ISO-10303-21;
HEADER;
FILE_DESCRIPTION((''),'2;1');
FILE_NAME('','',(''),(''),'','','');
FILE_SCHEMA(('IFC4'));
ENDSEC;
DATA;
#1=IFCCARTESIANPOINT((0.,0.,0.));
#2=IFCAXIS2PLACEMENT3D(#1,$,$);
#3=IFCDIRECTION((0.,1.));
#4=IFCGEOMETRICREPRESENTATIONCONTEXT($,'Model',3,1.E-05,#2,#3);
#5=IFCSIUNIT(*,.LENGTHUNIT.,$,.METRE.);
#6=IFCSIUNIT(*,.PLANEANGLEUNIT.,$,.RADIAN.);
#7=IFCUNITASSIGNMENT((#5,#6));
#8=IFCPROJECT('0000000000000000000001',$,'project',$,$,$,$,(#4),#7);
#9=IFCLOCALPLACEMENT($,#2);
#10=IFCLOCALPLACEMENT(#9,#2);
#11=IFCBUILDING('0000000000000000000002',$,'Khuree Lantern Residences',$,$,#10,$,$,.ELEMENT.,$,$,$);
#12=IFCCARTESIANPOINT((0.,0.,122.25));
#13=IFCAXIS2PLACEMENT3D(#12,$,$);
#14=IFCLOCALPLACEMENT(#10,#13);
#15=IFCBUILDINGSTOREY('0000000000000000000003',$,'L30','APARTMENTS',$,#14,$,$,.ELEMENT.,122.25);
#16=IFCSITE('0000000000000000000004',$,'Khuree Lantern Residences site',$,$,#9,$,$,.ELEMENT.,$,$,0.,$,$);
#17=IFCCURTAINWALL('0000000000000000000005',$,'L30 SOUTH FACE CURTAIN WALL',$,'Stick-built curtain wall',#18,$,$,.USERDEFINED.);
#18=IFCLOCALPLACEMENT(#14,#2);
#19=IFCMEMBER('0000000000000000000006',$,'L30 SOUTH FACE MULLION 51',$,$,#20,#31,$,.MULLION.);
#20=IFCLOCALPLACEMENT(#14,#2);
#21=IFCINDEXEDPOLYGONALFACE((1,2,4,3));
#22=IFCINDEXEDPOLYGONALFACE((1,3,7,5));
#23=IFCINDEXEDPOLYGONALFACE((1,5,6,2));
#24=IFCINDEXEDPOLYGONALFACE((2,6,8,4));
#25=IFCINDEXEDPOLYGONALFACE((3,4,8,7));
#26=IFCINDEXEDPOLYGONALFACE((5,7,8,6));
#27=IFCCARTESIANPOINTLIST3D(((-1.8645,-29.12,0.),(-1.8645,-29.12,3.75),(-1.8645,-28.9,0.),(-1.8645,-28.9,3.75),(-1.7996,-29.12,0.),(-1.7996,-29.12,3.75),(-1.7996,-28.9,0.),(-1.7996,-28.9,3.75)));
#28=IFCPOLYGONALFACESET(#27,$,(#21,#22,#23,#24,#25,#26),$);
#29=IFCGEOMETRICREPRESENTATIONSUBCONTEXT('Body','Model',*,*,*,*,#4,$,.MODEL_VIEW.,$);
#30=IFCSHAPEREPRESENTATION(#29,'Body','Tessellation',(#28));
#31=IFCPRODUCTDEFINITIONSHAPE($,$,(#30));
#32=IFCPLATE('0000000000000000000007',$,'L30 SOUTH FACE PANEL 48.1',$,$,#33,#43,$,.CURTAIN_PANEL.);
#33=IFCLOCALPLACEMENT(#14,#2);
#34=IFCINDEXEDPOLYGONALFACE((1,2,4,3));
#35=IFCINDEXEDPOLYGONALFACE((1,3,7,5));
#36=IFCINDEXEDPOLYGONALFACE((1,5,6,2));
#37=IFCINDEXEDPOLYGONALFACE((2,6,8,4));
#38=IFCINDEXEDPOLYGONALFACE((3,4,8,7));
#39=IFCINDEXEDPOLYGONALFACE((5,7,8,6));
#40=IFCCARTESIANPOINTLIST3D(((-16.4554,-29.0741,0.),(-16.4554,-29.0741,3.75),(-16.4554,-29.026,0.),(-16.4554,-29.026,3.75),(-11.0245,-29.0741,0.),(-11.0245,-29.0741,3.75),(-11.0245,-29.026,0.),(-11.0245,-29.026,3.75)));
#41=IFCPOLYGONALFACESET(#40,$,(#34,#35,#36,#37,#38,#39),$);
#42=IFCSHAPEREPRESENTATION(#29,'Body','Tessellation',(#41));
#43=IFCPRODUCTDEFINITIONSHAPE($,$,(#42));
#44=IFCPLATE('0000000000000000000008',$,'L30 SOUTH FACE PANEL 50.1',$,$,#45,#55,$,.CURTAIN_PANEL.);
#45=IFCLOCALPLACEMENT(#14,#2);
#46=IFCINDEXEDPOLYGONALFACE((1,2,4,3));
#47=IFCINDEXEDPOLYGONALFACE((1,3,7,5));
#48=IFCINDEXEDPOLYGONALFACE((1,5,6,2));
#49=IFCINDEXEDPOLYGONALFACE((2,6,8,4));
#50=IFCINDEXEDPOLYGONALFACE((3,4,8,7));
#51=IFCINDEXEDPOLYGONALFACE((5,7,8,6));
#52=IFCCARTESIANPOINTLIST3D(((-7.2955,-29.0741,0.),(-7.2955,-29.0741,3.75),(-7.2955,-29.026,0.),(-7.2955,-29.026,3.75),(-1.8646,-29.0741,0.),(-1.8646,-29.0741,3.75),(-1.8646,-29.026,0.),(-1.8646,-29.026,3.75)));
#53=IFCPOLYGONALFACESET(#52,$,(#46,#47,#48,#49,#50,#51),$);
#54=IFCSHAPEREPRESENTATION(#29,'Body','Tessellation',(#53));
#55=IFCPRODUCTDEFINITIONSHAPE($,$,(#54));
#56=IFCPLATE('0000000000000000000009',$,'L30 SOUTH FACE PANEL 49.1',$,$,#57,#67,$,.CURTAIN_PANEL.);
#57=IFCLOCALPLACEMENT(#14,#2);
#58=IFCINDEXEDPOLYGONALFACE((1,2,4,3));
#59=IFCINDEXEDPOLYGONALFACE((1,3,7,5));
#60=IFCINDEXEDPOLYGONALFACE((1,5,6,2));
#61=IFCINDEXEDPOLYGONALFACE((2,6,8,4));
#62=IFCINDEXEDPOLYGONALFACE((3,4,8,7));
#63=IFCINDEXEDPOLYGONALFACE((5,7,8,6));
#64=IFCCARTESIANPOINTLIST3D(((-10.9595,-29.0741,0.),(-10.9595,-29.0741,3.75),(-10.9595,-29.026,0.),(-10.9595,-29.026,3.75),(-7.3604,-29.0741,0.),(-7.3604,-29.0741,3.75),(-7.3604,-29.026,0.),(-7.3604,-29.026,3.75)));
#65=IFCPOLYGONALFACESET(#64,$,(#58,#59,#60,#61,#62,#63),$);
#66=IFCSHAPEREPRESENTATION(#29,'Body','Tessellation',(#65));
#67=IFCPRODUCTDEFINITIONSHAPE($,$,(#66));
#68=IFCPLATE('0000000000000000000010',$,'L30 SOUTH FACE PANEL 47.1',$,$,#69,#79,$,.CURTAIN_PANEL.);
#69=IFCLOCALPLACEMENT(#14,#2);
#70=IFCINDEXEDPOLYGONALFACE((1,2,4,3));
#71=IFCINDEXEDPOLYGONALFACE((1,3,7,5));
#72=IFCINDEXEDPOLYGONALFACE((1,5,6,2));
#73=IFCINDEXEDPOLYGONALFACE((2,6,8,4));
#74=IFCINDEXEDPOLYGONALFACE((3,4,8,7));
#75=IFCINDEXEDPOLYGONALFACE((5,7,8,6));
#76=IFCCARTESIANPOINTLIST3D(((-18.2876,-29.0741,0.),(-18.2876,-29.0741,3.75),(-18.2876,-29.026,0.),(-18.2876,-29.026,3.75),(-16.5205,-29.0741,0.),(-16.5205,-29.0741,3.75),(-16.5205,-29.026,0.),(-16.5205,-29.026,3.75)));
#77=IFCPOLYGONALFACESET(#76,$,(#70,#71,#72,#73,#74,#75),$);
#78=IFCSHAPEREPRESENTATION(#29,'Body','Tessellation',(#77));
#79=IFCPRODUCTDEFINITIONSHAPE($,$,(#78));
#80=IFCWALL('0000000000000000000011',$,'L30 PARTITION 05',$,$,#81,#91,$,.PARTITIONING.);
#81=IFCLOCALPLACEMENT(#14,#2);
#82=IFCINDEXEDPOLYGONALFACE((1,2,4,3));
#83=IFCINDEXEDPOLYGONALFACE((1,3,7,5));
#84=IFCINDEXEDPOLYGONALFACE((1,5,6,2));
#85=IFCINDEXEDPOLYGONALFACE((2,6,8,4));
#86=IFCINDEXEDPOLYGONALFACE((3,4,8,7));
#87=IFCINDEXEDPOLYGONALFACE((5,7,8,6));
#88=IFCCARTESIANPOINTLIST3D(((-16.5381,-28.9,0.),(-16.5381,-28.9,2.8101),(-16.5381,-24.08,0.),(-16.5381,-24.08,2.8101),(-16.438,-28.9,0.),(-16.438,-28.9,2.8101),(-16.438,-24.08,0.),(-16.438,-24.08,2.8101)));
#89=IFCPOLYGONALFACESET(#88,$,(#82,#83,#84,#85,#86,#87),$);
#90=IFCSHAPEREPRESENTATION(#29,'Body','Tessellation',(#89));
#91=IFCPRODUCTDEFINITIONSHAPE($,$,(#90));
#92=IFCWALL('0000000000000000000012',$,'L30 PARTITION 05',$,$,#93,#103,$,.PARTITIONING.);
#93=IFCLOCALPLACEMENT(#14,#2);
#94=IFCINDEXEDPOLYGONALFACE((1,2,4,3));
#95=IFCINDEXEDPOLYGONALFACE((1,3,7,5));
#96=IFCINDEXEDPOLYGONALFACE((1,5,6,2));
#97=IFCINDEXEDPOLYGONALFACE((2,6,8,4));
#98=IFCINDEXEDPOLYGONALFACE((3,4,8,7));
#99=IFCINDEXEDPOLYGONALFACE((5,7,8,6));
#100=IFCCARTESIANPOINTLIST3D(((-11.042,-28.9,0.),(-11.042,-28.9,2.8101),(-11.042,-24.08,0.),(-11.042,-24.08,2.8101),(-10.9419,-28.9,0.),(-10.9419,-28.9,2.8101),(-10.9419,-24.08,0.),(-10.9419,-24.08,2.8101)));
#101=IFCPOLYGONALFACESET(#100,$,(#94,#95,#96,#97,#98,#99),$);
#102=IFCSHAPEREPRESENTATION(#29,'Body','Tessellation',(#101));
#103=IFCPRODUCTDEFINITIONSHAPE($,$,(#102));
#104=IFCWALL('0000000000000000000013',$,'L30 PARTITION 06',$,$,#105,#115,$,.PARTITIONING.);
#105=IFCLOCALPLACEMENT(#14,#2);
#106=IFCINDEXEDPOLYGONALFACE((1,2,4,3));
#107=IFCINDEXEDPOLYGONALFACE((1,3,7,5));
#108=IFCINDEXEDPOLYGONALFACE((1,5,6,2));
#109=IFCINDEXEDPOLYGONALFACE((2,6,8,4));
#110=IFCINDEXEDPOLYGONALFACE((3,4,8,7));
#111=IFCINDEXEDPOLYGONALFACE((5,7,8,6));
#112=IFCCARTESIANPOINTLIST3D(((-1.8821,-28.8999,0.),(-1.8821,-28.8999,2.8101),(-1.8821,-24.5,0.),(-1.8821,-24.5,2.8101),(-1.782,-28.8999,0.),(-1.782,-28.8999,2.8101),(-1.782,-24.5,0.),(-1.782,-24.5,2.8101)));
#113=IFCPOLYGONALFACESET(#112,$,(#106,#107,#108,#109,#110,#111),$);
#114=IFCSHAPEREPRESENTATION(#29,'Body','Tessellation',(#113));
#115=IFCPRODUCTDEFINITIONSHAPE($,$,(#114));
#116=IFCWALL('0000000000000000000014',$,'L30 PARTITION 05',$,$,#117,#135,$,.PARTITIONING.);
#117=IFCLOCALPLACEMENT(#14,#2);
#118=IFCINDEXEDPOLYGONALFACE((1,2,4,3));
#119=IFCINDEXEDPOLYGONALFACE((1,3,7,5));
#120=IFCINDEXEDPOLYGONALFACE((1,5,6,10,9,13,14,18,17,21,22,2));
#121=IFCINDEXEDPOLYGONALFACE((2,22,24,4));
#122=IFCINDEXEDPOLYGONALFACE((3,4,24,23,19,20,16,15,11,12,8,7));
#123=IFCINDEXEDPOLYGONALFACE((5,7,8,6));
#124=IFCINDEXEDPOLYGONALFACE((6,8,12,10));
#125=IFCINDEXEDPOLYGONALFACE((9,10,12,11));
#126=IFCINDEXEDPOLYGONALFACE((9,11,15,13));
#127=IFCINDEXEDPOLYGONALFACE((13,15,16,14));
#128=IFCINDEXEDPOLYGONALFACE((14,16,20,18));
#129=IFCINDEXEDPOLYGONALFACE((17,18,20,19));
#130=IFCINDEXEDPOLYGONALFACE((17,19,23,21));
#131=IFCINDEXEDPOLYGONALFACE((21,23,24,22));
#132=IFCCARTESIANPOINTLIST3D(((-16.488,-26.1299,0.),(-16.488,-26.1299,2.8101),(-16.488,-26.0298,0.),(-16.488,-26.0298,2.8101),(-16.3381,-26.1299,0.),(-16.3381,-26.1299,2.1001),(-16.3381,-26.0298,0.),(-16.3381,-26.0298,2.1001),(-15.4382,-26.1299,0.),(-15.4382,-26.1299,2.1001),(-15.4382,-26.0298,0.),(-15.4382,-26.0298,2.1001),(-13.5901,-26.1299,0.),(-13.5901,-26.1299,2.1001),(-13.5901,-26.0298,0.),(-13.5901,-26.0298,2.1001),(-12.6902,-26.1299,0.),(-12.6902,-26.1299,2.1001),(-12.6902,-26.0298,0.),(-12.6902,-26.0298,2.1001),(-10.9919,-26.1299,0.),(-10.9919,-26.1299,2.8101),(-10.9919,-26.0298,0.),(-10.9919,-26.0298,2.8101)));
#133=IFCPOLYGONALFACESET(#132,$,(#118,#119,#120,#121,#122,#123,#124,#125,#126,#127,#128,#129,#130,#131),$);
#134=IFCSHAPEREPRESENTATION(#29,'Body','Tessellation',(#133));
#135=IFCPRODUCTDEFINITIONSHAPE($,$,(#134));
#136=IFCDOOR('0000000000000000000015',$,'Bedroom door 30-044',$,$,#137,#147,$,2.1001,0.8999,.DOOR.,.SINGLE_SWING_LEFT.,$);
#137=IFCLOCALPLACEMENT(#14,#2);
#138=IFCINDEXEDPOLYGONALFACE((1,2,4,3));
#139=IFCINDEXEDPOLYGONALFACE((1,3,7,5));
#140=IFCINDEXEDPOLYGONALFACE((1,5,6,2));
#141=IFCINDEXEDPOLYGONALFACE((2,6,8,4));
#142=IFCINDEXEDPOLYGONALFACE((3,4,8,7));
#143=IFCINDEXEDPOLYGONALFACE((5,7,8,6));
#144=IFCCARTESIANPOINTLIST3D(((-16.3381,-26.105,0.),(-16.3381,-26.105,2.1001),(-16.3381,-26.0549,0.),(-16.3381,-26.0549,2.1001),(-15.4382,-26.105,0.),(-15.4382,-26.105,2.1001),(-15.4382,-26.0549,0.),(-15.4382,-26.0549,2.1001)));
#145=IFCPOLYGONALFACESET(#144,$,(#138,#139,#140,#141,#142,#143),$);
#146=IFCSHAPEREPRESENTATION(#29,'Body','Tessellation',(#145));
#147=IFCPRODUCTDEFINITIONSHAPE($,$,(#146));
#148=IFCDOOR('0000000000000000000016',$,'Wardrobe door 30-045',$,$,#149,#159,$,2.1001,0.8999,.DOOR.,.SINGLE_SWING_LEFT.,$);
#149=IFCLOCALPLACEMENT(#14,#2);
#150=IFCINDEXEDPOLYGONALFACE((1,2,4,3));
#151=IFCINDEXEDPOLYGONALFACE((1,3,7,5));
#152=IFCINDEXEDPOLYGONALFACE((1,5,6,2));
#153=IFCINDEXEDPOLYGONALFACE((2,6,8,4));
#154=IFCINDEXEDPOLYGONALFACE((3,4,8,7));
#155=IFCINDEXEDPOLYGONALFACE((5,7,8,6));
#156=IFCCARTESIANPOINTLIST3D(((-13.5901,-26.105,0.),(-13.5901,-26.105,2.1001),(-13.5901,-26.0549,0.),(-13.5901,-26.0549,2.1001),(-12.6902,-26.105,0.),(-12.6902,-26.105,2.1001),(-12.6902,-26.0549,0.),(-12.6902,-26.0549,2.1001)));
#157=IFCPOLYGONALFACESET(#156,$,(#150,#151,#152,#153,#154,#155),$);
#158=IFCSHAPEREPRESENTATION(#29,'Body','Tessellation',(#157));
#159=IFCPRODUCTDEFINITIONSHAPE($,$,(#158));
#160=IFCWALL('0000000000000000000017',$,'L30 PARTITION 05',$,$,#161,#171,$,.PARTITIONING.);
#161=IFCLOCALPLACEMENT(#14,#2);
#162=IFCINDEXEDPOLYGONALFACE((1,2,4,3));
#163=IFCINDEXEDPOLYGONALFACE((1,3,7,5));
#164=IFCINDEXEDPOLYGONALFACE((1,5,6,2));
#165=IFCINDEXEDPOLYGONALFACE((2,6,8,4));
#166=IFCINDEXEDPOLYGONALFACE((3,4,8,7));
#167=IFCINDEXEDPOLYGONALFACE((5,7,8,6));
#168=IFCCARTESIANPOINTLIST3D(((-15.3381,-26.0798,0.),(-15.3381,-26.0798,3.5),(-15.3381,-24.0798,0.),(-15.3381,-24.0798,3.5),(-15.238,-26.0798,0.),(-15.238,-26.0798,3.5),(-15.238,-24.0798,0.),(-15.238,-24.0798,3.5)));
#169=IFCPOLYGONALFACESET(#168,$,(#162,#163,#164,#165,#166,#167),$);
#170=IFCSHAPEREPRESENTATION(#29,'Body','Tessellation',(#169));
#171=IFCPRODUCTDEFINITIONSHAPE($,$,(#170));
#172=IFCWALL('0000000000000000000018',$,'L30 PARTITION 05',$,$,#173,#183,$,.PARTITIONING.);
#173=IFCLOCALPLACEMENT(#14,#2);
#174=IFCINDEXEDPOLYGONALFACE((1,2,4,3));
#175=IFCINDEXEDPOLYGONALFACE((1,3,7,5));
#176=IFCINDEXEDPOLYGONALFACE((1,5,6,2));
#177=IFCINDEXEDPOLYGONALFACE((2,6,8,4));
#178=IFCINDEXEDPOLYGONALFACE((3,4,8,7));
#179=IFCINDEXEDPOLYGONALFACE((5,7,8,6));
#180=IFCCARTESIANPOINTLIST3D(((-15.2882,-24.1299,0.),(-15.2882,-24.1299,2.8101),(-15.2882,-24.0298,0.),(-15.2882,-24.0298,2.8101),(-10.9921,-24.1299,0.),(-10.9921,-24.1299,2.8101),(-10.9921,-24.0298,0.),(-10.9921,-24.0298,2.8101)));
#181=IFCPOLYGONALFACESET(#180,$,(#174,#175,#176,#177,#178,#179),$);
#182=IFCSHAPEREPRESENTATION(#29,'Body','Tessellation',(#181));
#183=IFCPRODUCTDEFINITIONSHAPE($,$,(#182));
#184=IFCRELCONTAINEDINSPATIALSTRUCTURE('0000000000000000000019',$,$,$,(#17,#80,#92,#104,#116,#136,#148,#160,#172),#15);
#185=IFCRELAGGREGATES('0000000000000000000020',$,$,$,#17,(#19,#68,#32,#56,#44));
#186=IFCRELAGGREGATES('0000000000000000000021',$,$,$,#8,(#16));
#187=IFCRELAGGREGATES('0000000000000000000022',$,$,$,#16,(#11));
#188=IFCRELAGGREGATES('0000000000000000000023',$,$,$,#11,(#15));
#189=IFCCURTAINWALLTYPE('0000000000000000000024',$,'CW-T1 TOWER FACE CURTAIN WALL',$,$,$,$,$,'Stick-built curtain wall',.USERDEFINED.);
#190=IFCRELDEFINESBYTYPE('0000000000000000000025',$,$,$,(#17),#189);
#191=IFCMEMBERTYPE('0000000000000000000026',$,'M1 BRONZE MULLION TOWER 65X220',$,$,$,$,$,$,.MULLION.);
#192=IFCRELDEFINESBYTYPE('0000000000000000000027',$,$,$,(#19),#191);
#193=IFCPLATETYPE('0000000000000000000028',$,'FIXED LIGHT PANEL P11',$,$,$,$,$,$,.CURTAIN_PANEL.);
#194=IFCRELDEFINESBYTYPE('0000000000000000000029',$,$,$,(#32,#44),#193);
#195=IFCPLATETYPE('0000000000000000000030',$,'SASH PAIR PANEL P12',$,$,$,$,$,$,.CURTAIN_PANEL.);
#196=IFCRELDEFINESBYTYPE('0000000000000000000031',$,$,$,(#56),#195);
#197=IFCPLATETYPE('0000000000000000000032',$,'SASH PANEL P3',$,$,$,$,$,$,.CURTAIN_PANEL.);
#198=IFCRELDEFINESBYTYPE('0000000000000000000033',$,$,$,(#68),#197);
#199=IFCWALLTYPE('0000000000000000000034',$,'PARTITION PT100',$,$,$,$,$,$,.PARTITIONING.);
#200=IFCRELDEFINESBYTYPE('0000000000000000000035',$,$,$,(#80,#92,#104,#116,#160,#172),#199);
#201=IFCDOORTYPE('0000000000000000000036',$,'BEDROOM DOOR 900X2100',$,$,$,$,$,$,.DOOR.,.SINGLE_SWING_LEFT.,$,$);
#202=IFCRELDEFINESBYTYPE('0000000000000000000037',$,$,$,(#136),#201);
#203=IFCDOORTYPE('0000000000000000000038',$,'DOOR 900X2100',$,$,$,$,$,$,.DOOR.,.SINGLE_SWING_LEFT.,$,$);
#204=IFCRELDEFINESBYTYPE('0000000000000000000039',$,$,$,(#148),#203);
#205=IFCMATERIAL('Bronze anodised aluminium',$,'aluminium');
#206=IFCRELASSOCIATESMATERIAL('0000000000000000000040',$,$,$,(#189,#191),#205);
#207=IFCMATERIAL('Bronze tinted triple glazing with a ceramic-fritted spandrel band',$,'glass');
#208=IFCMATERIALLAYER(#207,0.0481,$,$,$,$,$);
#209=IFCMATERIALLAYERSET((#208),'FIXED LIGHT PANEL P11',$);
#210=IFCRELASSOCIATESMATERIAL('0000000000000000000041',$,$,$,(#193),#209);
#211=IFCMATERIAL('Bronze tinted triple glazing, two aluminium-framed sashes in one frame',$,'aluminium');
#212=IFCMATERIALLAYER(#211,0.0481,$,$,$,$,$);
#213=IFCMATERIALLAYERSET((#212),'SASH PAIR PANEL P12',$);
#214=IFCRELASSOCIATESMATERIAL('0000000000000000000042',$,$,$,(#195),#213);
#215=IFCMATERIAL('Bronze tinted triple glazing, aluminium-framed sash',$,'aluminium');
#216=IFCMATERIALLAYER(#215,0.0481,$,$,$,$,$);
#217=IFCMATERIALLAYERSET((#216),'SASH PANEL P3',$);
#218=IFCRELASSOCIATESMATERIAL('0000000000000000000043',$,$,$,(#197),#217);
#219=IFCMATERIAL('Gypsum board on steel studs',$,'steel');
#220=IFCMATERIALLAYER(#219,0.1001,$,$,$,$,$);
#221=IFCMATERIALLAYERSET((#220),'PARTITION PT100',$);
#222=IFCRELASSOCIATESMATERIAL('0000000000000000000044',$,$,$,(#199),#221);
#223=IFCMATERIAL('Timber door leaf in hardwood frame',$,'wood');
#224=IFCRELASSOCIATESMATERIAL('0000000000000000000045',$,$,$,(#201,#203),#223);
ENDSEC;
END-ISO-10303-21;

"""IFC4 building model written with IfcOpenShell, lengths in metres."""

from ifc_helpers import new_model, si_unit, direction, frame, frame_2d, origin, origin_2d, place, context, subcontext, project, spatial, rectangle, extrude, material, layer, layer_set, material_profile, profile_set, type_object, element, fill, aggregate, save


model = new_model("IFC4")

# Units and contexts
model_context = context("Model", 3, precision=1e-05, world=origin(), true_north=direction((0.0, 1.0)))
body_context = subcontext(model_context, "Body", "Model", "MODEL_VIEW")
ifc_project = project(units=[si_unit("LENGTHUNIT", "METRE"), si_unit("PLANEANGLEUNIT", "RADIAN")], contexts=[model_context])

# Site, building, storey
site_placement = place(None, origin())
site = spatial("IfcSite", under=ifc_project, at=site_placement, Name="Khuree Lantern Residences site", CompositionType="ELEMENT", RefElevation=0.0)
building_placement = place(site_placement, origin())
building = spatial("IfcBuilding", under=site, at=building_placement, Name="Khuree Lantern Residences", CompositionType="ELEMENT")
storey_placement = place(building_placement, frame((0.0, 0.0, 122.25)))
storey = spatial("IfcBuildingStorey", under=building, at=storey_placement, Name="L30", Description="APARTMENTS", CompositionType="ELEMENT", Elevation=122.25)

# Curtain wall
ifc_material_1 = material(Name="Bronze anodised aluminium", Category="aluminium")
curtain_wall_type = type_object("IfcCurtainWallType", Name="CW-T1 TOWER FACE CURTAIN WALL", ElementType="Stick-built curtain wall", PredefinedType="USERDEFINED", material=ifc_material_1)
curtain_wall_placement = place(storey_placement, origin())
curtain_wall = element("IfcCurtainWall", 1, at=curtain_wall_placement, inside=storey, type_object=curtain_wall_type, Name="L30 SOUTH FACE CURTAIN WALL", ObjectType="Stick-built curtain wall", PredefinedType="USERDEFINED")

# Member
ifc_material_profile_1 = material_profile(ifc_material_1, rectangle(XDim=0.0649, YDim=0.22, at=origin_2d()), Name="M1 65X220")
ifc_profile_set_1 = profile_set([ifc_material_profile_1], Name="Bronze anodised aluminium")
member_type_1 = type_object("IfcMemberType", Name="M1 BRONZE MULLION TOWER 65X220", PredefinedType="MULLION", material=ifc_profile_set_1)
member_1_placement = place(storey_placement, frame((-1.832, -29.01, 0.0), z_axis=(0.0, 0.0, 1.0), x_axis=(1.0, 0.0, 0.0)))
member_1 = element("IfcMember", 2, at=member_1_placement, type_object=member_type_1, Name="L30 SOUTH FACE MULLION 51", PredefinedType="MULLION", context=body_context, shape_type="SweptSolid", body=[
    extrude(rectangle(XDim=0.0649, YDim=0.22, at=origin_2d()), origin(), (0.0, 0.0, 1.0), 3.75),
])

# Plates
ifc_material_2 = material(Name="Bronze tinted triple glazing with a ceramic-fritted spandrel band", Category="glass")
ifc_layer_1 = layer(ifc_material_2, 0.0481)
ifc_layer_set_1 = layer_set([ifc_layer_1], Name="FIXED LIGHT PANEL P11")
plate_type_1 = type_object("IfcPlateType", Name="FIXED LIGHT PANEL P11", PredefinedType="CURTAIN_PANEL", material=ifc_layer_set_1)
plate_1_placement = place(storey_placement, frame((-13.74, -29.05, 0.0), z_axis=(0.0, 0.0, 1.0), x_axis=(1.0, 0.0, 0.0)))
plate_1 = element("IfcPlate", 3, at=plate_1_placement, type_object=plate_type_1, Name="L30 SOUTH FACE PANEL 48.1", PredefinedType="CURTAIN_PANEL", context=body_context, shape_type="SweptSolid", body=[
    extrude(rectangle(XDim=5.4309, YDim=0.0481, at=origin_2d()), origin(), (0.0, 0.0, 1.0), 3.75),
])
plate_2_placement = place(storey_placement, frame((-4.5801, -29.05, 0.0), z_axis=(0.0, 0.0, 1.0), x_axis=(1.0, 0.0, 0.0)))
plate_2 = element("IfcPlate", 4, at=plate_2_placement, type_object=plate_type_1, Name="L30 SOUTH FACE PANEL 50.1", PredefinedType="CURTAIN_PANEL", context=body_context, shape_type="SweptSolid", body=[
    extrude(rectangle(XDim=5.4309, YDim=0.0481, at=origin_2d()), origin(), (0.0, 0.0, 1.0), 3.75),
])
ifc_material_3 = material(Name="Bronze tinted triple glazing, two aluminium-framed sashes in one frame", Category="aluminium")
ifc_layer_2 = layer(ifc_material_3, 0.0481)
ifc_layer_set_2 = layer_set([ifc_layer_2], Name="SASH PAIR PANEL P12")
plate_type_2 = type_object("IfcPlateType", Name="SASH PAIR PANEL P12", PredefinedType="CURTAIN_PANEL", material=ifc_layer_set_2)
plate_3_placement = place(storey_placement, frame((-9.1599, -29.05, 0.0), z_axis=(0.0, 0.0, 1.0), x_axis=(1.0, 0.0, 0.0)))
plate_3 = element("IfcPlate", 5, at=plate_3_placement, type_object=plate_type_2, Name="L30 SOUTH FACE PANEL 49.1", PredefinedType="CURTAIN_PANEL", context=body_context, shape_type="SweptSolid", body=[
    extrude(rectangle(XDim=3.5991, YDim=0.0481, at=origin_2d()), origin(), (0.0, 0.0, 1.0), 3.75),
])
ifc_material_4 = material(Name="Bronze tinted triple glazing, aluminium-framed sash", Category="aluminium")
ifc_layer_3 = layer(ifc_material_4, 0.0481)
ifc_layer_set_3 = layer_set([ifc_layer_3], Name="SASH PANEL P3")
plate_type_3 = type_object("IfcPlateType", Name="SASH PANEL P3", PredefinedType="CURTAIN_PANEL", material=ifc_layer_set_3)
plate_4_placement = place(storey_placement, frame((-17.4041, -29.05, 0.0), z_axis=(0.0, 0.0, 1.0), x_axis=(1.0, 0.0, 0.0)))
plate_4 = element("IfcPlate", 6, at=plate_4_placement, type_object=plate_type_3, Name="L30 SOUTH FACE PANEL 47.1", PredefinedType="CURTAIN_PANEL", context=body_context, shape_type="SweptSolid", body=[
    extrude(rectangle(XDim=1.7671, YDim=0.0481, at=origin_2d()), origin(), (0.0, 0.0, 1.0), 3.75),
])
aggregate(curtain_wall, [member_1, plate_4, plate_1, plate_3, plate_2])

# Walls
ifc_material_5 = material(Name="Gypsum board on steel studs", Category="steel")
ifc_layer_4 = layer(ifc_material_5, 0.1001)
ifc_layer_set_4 = layer_set([ifc_layer_4], Name="PARTITION PT100")
wall_type = type_object("IfcWallType", Name="PARTITION PT100", PredefinedType="PARTITIONING", material=ifc_layer_set_4)
for number, where, z_axis, x_axis, name in (
    (7, (-16.488, -24.0798, 0.0), (0.0, 0.0, 1.0), (0.0, -1.0, 0.0), "L30 PARTITION 05"),
    (8, (-10.9919, -24.0798, 0.0), (0.0, 0.0, 1.0), (0.0, -1.0, 0.0), "L30 PARTITION 05"),
):
    element("IfcWall", number, at=place(storey_placement, frame(where, z_axis=z_axis, x_axis=x_axis)), inside=storey, type_object=wall_type, Name=name, PredefinedType="PARTITIONING", context=body_context, shape_type="SweptSolid", body=[
        extrude(rectangle(XDim=4.8201, YDim=0.1001, at=frame_2d((2.4102, 0.0))), origin(), (0.0, 0.0, 1.0), 2.8101),
    ])
wall_1_placement = place(storey_placement, frame((-1.832, -24.5, 0.0), z_axis=(0.0, 0.0, 1.0), x_axis=(0.0, -1.0, 0.0)))
element("IfcWall", 9, at=wall_1_placement, inside=storey, type_object=wall_type, Name="L30 PARTITION 06", PredefinedType="PARTITIONING", context=body_context, shape_type="SweptSolid", body=[
    extrude(rectangle(XDim=4.3999, YDim=0.1001, at=frame_2d((2.2, 0.0))), origin(), (0.0, 0.0, 1.0), 2.8101),
])

# Wall, openings, doors
wall_2_placement = place(storey_placement, frame((-16.488, -26.0798, 0.0), z_axis=(0.0, 0.0, 1.0), x_axis=(1.0, 0.0, 0.0)))
wall_2 = element("IfcWall", 10, at=wall_2_placement, inside=storey, type_object=wall_type, Name="L30 PARTITION 05", PredefinedType="PARTITIONING", context=body_context, shape_type="SweptSolid", body=[
    extrude(rectangle(XDim=5.4961, YDim=0.1001, at=frame_2d((2.748, 0.0))), origin(), (0.0, 0.0, 1.0), 2.8101),
])
opening_1_placement = place(wall_2_placement, frame((0.1499, 0.0, 0.0)))
opening_1 = element("IfcOpeningElement", 11, at=opening_1_placement, cuts=wall_2, PredefinedType="OPENING", context=body_context, shape_type="SweptSolid", body=[
    extrude(rectangle(XDim=0.8999, YDim=2.1001, at=frame_2d((0.45, 1.05))), frame((0.0, 0.0601, 0.0), z_axis=(0.0, -1.0, 0.0), x_axis=(1.0, 0.0, 0.0)), (0.0, 0.0, 1.0), 0.1201),
])
opening_2_placement = place(wall_2_placement, frame((2.8979, 0.0, 0.0)))
opening_2 = element("IfcOpeningElement", 12, at=opening_2_placement, cuts=wall_2, PredefinedType="OPENING", context=body_context, shape_type="SweptSolid", body=[
    extrude(rectangle(XDim=0.8999, YDim=2.1001, at=frame_2d((0.45, 1.05))), frame((0.0, 0.0601, 0.0), z_axis=(0.0, -1.0, 0.0), x_axis=(1.0, 0.0, 0.0)), (0.0, 0.0, 1.0), 0.1201),
])
ifc_material_6 = material(Name="Timber door leaf in hardwood frame", Category="wood")
door_type_1 = type_object("IfcDoorType", Name="BEDROOM DOOR 900X2100", OperationType="SINGLE_SWING_LEFT", PredefinedType="DOOR", material=ifc_material_6)
door_1_placement = place(opening_1_placement, origin())
door_1 = element("IfcDoor", 13, at=door_1_placement, inside=storey, type_object=door_type_1, Name="Bedroom door 30-044", OperationType="SINGLE_SWING_LEFT", OverallHeight=2.1001, OverallWidth=0.8999, PredefinedType="DOOR", context=body_context, shape_type="SweptSolid", body=[
    extrude(rectangle(XDim=0.8999, YDim=2.1001, at=frame_2d((0.45, 1.05))), frame((0.0, 0.0249, 0.0), z_axis=(0.0, -1.0, 0.0), x_axis=(1.0, 0.0, 0.0)), (0.0, 0.0, 1.0), 0.05),
])
fill(opening_1, door_1)
door_type_2 = type_object("IfcDoorType", Name="DOOR 900X2100", OperationType="SINGLE_SWING_LEFT", PredefinedType="DOOR", material=ifc_material_6)
door_2_placement = place(opening_2_placement, origin())
door_2 = element("IfcDoor", 14, at=door_2_placement, inside=storey, type_object=door_type_2, Name="Wardrobe door 30-045", OperationType="SINGLE_SWING_LEFT", OverallHeight=2.1001, OverallWidth=0.8999, PredefinedType="DOOR", context=body_context, shape_type="SweptSolid", body=[
    extrude(rectangle(XDim=0.8999, YDim=2.1001, at=frame_2d((0.45, 1.05))), frame((0.0, 0.0249, 0.0), z_axis=(0.0, -1.0, 0.0), x_axis=(1.0, 0.0, 0.0)), (0.0, 0.0, 1.0), 0.05),
])
fill(opening_2, door_2)

# Walls
wall_3_placement = place(storey_placement, frame((-15.2881, -24.0798, 0.0), z_axis=(0.0, 0.0, 1.0), x_axis=(0.0, -1.0, 0.0)))
element("IfcWall", 15, at=wall_3_placement, inside=storey, type_object=wall_type, Name="L30 PARTITION 05", PredefinedType="PARTITIONING", context=body_context, shape_type="SweptSolid", body=[
    extrude(rectangle(XDim=2.0, YDim=0.1001, at=frame_2d((1.0, 0.0))), origin(), (0.0, 0.0, 1.0), 3.5),
])
wall_4_placement = place(storey_placement, frame((-15.2881, -24.0798, 0.0), z_axis=(0.0, 0.0, 1.0), x_axis=(1.0, 0.0, 0.0)))
element("IfcWall", 16, at=wall_4_placement, inside=storey, type_object=wall_type, Name="L30 PARTITION 05", PredefinedType="PARTITIONING", context=body_context, shape_type="SweptSolid", body=[
    extrude(rectangle(XDim=4.2961, YDim=0.1001, at=frame_2d((2.1479, 0.0))), origin(), (0.0, 0.0, 1.0), 2.8101),
])

save(model, "model.ifc")
